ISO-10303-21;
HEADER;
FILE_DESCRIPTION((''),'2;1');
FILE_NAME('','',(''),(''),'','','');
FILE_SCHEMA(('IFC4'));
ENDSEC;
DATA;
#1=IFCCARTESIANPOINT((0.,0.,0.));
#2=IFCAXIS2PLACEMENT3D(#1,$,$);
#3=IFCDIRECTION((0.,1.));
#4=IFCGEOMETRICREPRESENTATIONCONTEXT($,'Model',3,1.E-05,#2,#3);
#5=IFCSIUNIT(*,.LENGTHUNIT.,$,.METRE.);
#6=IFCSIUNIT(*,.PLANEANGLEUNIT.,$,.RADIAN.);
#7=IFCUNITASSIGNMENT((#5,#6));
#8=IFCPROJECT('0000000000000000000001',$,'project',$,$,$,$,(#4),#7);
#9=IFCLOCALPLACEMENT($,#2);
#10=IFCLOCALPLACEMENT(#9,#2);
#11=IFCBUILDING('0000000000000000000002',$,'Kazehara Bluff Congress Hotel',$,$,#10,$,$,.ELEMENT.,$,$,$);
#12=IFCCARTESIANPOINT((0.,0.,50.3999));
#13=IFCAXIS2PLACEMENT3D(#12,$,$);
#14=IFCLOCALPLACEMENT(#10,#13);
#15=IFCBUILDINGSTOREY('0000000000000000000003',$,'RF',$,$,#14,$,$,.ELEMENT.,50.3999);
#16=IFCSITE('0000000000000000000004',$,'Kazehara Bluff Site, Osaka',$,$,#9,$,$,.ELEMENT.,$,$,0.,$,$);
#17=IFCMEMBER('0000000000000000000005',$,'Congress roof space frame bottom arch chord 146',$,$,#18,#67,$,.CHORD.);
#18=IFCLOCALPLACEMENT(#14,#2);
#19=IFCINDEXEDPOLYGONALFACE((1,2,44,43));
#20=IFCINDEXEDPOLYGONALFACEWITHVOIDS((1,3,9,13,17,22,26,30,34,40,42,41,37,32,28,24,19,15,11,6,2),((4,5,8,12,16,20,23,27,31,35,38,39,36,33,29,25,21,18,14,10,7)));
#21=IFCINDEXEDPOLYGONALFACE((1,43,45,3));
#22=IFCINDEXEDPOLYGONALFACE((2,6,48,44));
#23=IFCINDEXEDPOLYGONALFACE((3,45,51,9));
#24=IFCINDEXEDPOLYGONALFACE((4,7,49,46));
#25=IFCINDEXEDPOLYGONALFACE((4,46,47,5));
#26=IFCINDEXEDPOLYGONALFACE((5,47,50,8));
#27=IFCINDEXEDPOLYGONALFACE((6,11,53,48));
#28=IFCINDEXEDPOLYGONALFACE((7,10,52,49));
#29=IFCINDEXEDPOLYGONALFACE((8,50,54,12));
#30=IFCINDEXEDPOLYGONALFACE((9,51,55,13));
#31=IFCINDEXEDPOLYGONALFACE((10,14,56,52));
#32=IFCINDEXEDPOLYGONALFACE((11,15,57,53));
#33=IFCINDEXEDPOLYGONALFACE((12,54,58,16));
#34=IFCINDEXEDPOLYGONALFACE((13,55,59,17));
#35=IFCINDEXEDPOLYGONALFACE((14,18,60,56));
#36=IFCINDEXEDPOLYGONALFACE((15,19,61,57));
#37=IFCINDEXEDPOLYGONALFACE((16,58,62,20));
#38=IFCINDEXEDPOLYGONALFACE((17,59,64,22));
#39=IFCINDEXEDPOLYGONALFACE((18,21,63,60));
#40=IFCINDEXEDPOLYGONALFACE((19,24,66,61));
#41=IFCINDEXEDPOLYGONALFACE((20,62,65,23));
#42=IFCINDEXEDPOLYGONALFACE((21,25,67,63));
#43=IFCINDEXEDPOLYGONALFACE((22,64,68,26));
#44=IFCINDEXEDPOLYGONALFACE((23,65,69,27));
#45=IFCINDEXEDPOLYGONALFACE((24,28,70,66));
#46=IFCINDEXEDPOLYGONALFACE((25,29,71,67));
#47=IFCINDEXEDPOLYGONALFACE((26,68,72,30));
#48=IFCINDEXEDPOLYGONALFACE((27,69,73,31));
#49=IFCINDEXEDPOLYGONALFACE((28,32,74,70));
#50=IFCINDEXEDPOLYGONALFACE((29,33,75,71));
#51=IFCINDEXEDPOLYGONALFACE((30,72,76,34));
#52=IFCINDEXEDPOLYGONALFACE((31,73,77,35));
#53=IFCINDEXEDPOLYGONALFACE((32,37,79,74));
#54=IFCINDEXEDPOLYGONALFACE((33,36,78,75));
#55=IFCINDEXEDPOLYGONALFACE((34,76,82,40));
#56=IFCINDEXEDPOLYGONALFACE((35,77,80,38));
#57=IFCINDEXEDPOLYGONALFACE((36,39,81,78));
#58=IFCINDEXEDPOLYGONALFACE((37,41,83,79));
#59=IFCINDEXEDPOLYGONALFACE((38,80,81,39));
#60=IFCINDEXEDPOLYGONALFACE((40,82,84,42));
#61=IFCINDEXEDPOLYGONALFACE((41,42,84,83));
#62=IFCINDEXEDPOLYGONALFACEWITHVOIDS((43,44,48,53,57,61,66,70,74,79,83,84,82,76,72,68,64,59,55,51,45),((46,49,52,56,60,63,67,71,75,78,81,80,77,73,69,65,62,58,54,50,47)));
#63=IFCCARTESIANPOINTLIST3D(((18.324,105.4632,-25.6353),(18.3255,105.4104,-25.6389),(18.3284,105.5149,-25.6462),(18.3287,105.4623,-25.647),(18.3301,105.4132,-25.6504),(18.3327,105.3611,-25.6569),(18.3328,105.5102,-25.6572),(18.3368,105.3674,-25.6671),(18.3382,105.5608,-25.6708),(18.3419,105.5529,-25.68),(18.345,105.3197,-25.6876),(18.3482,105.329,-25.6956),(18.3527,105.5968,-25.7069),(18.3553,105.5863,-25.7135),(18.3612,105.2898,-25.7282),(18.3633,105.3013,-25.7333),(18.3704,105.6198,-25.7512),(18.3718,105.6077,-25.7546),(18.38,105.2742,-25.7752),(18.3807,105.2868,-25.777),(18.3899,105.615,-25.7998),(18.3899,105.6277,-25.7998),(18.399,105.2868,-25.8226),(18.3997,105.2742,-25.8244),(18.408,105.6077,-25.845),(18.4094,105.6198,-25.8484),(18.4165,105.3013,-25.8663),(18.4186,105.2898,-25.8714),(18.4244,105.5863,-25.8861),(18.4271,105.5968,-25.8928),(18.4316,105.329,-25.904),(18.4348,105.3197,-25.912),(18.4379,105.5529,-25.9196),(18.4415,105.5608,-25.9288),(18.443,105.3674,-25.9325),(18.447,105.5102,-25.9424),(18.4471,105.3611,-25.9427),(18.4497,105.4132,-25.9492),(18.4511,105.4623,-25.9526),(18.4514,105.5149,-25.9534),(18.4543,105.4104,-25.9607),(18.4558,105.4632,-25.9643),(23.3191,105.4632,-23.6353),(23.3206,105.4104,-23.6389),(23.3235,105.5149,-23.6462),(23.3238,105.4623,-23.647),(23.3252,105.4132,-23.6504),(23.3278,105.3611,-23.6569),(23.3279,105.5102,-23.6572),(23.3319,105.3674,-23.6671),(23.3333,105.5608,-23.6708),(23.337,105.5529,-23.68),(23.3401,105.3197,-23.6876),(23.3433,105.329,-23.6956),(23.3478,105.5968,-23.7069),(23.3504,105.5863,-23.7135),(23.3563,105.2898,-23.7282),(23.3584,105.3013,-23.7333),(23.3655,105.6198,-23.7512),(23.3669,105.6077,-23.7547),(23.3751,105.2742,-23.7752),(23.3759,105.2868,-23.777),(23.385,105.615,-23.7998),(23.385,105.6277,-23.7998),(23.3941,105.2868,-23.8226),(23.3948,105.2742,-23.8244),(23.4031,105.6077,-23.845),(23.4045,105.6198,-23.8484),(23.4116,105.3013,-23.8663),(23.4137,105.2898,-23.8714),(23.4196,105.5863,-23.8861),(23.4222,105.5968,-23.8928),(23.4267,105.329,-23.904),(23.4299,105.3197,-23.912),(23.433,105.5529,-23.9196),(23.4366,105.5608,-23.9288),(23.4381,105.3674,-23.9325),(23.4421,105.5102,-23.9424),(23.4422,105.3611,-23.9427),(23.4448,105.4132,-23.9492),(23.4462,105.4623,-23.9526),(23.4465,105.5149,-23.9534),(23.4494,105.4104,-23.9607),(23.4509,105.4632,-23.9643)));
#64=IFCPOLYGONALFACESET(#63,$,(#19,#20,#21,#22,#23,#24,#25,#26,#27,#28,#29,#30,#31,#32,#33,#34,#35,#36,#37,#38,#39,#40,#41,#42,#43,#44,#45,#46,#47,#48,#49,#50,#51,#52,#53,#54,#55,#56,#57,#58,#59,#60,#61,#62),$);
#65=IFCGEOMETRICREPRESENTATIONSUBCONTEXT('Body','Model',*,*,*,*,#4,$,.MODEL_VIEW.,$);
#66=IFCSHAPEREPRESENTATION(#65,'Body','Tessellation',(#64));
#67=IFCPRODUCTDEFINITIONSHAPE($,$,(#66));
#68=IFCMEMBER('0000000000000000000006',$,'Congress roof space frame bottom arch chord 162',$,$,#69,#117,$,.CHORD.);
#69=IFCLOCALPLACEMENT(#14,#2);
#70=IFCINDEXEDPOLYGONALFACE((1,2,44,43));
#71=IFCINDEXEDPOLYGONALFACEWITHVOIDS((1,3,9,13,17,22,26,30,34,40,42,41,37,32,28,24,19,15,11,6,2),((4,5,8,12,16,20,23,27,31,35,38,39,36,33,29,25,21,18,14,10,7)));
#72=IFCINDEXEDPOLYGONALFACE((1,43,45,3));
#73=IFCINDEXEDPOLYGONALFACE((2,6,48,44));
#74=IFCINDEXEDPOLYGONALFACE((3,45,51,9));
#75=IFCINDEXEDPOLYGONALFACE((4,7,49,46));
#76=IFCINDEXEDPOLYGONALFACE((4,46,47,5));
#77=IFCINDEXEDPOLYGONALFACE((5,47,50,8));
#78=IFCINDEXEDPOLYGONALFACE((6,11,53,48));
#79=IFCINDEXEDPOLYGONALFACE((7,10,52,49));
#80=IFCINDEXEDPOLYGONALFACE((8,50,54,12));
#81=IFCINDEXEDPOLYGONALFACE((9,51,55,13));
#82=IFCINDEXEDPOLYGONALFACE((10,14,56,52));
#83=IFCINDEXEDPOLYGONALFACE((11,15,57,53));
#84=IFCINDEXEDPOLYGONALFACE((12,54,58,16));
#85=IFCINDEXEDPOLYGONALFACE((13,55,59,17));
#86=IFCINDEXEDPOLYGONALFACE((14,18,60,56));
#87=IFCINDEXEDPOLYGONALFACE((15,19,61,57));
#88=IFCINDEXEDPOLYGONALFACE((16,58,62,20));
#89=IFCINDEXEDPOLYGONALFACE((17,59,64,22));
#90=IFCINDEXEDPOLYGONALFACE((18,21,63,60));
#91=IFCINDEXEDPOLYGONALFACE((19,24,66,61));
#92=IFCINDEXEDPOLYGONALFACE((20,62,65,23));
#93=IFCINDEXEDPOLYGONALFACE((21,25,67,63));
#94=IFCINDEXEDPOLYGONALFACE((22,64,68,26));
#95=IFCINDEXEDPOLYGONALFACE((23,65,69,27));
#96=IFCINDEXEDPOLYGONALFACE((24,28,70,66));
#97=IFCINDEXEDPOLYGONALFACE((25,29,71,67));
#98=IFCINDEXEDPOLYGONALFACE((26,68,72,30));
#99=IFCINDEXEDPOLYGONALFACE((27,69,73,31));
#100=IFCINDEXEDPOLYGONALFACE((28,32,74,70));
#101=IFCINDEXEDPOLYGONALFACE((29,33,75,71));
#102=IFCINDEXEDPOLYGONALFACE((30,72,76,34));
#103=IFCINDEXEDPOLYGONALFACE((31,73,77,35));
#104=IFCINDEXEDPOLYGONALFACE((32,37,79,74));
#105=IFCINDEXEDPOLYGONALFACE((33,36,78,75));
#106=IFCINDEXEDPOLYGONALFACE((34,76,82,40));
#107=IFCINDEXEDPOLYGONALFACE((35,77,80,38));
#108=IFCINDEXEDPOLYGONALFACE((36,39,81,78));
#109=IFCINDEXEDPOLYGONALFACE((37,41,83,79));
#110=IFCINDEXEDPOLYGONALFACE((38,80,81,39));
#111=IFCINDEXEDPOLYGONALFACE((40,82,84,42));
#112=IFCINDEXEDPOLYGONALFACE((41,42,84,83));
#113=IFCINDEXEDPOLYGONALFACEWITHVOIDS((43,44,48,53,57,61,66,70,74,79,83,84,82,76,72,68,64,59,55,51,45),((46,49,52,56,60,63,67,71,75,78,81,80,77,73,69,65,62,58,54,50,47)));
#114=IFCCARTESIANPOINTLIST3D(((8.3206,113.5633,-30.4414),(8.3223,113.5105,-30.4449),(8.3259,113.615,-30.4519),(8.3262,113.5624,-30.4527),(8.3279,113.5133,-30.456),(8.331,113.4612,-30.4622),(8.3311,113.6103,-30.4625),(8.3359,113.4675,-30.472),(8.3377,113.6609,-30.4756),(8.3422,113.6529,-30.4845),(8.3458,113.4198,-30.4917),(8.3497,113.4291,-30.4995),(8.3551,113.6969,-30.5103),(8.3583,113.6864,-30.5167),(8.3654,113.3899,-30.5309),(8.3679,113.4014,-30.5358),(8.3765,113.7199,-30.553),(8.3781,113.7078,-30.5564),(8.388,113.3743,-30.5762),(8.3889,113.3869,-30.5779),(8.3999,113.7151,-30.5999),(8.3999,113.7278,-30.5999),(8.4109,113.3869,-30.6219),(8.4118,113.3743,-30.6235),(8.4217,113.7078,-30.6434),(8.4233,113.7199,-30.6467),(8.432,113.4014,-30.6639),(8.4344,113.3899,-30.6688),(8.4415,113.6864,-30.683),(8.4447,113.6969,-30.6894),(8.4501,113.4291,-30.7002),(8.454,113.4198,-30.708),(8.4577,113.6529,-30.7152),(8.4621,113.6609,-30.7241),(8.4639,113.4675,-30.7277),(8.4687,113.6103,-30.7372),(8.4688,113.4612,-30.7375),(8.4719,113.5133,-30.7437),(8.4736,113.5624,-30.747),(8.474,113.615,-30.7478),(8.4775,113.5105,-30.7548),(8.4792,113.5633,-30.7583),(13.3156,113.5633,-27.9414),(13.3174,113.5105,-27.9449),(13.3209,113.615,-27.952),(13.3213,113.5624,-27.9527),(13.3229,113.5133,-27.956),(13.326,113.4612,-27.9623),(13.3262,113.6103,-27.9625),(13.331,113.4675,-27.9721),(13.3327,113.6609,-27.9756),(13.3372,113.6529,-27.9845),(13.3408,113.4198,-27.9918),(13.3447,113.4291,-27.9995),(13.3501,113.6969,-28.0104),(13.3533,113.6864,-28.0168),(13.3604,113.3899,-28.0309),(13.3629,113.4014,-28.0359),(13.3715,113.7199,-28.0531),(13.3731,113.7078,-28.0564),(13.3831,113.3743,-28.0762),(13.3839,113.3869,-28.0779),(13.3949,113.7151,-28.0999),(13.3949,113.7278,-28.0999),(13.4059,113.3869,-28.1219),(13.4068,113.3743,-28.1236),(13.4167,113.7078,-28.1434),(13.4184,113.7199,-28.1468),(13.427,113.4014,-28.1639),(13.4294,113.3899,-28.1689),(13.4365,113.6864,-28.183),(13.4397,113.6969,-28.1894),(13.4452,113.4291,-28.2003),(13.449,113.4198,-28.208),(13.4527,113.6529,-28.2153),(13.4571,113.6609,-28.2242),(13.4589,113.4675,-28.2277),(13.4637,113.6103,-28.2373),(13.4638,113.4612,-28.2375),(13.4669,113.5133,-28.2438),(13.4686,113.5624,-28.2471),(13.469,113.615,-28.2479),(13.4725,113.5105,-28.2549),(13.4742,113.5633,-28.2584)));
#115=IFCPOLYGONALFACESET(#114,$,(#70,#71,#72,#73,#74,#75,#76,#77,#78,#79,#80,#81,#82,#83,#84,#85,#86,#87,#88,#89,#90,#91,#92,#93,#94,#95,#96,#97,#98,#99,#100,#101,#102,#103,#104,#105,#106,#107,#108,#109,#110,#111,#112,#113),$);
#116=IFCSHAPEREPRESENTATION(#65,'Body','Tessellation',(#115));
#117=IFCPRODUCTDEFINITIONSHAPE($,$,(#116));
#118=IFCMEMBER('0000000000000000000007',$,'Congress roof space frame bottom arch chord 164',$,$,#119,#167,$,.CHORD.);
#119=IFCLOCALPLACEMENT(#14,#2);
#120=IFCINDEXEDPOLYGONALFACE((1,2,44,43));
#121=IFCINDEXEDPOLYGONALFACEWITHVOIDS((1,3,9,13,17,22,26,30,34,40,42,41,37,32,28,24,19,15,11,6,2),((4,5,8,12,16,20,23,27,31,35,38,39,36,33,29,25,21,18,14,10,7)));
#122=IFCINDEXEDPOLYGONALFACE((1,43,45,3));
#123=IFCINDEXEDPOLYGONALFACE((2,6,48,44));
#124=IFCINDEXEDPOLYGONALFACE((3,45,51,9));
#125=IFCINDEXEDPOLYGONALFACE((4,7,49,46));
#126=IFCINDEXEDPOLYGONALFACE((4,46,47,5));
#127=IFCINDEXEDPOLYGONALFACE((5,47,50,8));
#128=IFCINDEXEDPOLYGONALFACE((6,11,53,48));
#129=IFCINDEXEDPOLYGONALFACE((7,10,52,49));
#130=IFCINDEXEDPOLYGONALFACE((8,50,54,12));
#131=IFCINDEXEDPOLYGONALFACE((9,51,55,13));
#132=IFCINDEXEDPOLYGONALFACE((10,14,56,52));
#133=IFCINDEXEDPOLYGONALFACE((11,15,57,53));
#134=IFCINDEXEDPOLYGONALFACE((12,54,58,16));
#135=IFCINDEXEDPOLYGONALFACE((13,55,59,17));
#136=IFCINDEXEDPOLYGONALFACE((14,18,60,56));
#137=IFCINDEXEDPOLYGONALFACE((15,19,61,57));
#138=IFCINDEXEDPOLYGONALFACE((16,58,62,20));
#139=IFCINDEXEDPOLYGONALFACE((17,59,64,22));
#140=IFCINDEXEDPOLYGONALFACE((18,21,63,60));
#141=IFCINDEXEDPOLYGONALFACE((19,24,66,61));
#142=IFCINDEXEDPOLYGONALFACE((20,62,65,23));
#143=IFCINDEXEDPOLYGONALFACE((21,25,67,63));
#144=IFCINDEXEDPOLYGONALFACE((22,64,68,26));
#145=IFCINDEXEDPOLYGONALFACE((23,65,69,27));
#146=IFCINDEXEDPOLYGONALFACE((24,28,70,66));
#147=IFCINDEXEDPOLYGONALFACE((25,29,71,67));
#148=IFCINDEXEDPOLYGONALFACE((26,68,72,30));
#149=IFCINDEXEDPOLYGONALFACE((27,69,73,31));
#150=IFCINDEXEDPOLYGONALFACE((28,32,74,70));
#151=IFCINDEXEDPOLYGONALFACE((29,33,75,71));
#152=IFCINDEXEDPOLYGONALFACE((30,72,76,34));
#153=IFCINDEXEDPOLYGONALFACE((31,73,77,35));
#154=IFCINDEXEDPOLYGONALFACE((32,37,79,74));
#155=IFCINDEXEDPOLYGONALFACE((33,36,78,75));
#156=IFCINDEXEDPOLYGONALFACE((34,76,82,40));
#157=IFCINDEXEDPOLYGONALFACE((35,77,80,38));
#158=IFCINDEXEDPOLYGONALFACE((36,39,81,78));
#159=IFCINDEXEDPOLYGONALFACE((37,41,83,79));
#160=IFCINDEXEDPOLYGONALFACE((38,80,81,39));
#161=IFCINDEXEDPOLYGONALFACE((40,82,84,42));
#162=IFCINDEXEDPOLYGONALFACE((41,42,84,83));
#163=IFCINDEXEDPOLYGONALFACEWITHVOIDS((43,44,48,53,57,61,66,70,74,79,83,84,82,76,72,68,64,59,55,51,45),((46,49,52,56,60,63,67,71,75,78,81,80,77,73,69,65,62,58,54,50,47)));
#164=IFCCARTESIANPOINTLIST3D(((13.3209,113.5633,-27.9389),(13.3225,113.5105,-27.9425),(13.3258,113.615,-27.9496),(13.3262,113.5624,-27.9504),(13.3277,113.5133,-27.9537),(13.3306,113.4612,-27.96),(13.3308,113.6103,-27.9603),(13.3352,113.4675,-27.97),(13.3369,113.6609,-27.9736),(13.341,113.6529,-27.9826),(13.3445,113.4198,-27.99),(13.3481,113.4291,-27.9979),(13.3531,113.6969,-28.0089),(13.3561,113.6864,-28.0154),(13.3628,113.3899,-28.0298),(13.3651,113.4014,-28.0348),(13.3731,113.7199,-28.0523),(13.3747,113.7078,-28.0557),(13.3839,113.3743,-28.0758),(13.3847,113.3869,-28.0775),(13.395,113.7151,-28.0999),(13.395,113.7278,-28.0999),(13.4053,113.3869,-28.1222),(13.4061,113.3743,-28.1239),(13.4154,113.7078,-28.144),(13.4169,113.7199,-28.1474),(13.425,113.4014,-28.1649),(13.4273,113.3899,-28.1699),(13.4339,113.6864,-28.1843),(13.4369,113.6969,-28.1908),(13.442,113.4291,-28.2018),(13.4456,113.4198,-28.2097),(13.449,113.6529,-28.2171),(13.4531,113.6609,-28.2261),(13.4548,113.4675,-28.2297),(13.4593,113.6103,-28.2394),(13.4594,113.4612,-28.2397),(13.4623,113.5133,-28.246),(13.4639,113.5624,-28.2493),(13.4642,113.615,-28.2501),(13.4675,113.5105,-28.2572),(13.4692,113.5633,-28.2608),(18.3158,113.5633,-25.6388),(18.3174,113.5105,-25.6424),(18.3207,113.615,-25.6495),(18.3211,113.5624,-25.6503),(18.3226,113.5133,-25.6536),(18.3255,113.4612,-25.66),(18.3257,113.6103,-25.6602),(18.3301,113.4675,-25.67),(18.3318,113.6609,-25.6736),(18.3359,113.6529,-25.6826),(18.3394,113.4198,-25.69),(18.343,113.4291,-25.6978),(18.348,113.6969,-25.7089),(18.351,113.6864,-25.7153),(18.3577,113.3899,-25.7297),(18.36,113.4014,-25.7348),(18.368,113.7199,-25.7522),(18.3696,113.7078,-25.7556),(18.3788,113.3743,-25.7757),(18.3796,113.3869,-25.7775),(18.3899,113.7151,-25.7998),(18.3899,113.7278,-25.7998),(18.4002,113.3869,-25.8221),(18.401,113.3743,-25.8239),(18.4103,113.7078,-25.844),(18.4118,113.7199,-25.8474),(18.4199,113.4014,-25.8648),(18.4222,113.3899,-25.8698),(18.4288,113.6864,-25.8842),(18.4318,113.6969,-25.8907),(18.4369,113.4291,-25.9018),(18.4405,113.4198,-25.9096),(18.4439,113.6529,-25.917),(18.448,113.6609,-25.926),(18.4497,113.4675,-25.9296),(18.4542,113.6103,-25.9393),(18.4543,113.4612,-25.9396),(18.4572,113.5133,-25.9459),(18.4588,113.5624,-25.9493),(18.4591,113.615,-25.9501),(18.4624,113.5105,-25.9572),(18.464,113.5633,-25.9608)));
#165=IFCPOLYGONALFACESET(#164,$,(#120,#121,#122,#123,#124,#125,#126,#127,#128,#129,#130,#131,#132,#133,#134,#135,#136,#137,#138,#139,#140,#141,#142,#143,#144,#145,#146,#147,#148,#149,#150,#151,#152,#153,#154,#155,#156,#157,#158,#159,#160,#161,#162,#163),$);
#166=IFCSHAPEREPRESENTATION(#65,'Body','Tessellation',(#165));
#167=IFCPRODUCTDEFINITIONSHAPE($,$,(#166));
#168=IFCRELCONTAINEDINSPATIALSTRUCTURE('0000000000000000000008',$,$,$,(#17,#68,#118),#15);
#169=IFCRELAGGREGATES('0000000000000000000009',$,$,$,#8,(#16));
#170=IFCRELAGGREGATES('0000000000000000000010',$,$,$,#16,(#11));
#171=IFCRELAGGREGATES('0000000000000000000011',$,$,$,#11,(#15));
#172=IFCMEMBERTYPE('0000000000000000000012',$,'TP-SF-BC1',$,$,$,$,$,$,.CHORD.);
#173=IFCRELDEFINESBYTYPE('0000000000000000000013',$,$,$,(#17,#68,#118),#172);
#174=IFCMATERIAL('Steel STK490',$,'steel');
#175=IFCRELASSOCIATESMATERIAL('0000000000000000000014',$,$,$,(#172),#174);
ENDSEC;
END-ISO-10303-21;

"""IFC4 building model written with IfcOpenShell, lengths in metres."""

from ifc_helpers import new_model, si_unit, direction, frame, origin, origin_2d, place, context, subcontext, project, spatial, hollow_circle, extrude, material, material_profile, profile_set, type_object, element, save


model = new_model("IFC4")

# Units and contexts
model_context = context("Model", 3, precision=1e-05, world=origin(), true_north=direction((0.0, 1.0)))
body_context = subcontext(model_context, "Body", "Model", "MODEL_VIEW")
ifc_project = project(units=[si_unit("LENGTHUNIT", "METRE"), si_unit("PLANEANGLEUNIT", "RADIAN")], contexts=[model_context])

# Site, building, storey
site_placement = place(None, origin())
site = spatial("IfcSite", under=ifc_project, at=site_placement, Name="Kazehara Bluff Site, Osaka", CompositionType="ELEMENT", RefElevation=0.0)
building_placement = place(site_placement, origin())
building = spatial("IfcBuilding", under=site, at=building_placement, Name="Kazehara Bluff Congress Hotel", CompositionType="ELEMENT")
storey_placement = place(building_placement, frame((0.0, 0.0, 50.3999)))
storey = spatial("IfcBuildingStorey", under=building, at=storey_placement, Name="RF", CompositionType="ELEMENT", Elevation=50.3999)

# Members
ifc_material_1 = material(Name="Steel STK490", Category="steel")
ifc_material_profile_1 = material_profile(ifc_material_1, hollow_circle(Radius=0.1777, WallThickness=0.0127, at=origin_2d()))
ifc_profile_set_1 = profile_set([ifc_material_profile_1], Name="Steel STK490")
member_type_1 = type_object("IfcMemberType", Name="TP-SF-BC1", PredefinedType="CHORD", material=ifc_profile_set_1)
member_1_placement = place(storey_placement, frame((18.3899, 105.45, -25.7998), z_axis=(0.928351, 0.0, 0.371704), x_axis=(0.0, 1.0, 0.0)))
element("IfcMember", 1, at=member_1_placement, inside=storey, type_object=member_type_1, Name="Congress roof space frame bottom arch chord 146", PredefinedType="CHORD", context=body_context, shape_type="SweptSolid", body=[
    extrude(hollow_circle(Radius=0.1777, WallThickness=0.0127, at=origin_2d()), origin(), (0.0, 0.0, 1.0), 5.3806),
])
member_2_placement = place(storey_placement, frame((8.3999, 113.55, -30.5999), z_axis=(0.894252, 0.0, 0.447563), x_axis=(0.0, 1.0, 0.0)))
element("IfcMember", 2, at=member_2_placement, inside=storey, type_object=member_type_1, Name="Congress roof space frame bottom arch chord 162", PredefinedType="CHORD", context=body_context, shape_type="SweptSolid", body=[
    extrude(hollow_circle(Radius=0.1777, WallThickness=0.0127, at=origin_2d()), origin(), (0.0, 0.0, 1.0), 5.5857),
])
member_3_placement = place(storey_placement, frame((13.395, 113.55, -28.0999), z_axis=(0.908324, 0.0, 0.418267), x_axis=(0.0, 1.0, 0.0)))
element("IfcMember", 3, at=member_3_placement, inside=storey, type_object=member_type_1, Name="Congress roof space frame bottom arch chord 164", PredefinedType="CHORD", context=body_context, shape_type="SweptSolid", body=[
    extrude(hollow_circle(Radius=0.1777, WallThickness=0.0127, at=origin_2d()), origin(), (0.0, 0.0, 1.0), 5.499),
])

save(model, "model.ifc")
